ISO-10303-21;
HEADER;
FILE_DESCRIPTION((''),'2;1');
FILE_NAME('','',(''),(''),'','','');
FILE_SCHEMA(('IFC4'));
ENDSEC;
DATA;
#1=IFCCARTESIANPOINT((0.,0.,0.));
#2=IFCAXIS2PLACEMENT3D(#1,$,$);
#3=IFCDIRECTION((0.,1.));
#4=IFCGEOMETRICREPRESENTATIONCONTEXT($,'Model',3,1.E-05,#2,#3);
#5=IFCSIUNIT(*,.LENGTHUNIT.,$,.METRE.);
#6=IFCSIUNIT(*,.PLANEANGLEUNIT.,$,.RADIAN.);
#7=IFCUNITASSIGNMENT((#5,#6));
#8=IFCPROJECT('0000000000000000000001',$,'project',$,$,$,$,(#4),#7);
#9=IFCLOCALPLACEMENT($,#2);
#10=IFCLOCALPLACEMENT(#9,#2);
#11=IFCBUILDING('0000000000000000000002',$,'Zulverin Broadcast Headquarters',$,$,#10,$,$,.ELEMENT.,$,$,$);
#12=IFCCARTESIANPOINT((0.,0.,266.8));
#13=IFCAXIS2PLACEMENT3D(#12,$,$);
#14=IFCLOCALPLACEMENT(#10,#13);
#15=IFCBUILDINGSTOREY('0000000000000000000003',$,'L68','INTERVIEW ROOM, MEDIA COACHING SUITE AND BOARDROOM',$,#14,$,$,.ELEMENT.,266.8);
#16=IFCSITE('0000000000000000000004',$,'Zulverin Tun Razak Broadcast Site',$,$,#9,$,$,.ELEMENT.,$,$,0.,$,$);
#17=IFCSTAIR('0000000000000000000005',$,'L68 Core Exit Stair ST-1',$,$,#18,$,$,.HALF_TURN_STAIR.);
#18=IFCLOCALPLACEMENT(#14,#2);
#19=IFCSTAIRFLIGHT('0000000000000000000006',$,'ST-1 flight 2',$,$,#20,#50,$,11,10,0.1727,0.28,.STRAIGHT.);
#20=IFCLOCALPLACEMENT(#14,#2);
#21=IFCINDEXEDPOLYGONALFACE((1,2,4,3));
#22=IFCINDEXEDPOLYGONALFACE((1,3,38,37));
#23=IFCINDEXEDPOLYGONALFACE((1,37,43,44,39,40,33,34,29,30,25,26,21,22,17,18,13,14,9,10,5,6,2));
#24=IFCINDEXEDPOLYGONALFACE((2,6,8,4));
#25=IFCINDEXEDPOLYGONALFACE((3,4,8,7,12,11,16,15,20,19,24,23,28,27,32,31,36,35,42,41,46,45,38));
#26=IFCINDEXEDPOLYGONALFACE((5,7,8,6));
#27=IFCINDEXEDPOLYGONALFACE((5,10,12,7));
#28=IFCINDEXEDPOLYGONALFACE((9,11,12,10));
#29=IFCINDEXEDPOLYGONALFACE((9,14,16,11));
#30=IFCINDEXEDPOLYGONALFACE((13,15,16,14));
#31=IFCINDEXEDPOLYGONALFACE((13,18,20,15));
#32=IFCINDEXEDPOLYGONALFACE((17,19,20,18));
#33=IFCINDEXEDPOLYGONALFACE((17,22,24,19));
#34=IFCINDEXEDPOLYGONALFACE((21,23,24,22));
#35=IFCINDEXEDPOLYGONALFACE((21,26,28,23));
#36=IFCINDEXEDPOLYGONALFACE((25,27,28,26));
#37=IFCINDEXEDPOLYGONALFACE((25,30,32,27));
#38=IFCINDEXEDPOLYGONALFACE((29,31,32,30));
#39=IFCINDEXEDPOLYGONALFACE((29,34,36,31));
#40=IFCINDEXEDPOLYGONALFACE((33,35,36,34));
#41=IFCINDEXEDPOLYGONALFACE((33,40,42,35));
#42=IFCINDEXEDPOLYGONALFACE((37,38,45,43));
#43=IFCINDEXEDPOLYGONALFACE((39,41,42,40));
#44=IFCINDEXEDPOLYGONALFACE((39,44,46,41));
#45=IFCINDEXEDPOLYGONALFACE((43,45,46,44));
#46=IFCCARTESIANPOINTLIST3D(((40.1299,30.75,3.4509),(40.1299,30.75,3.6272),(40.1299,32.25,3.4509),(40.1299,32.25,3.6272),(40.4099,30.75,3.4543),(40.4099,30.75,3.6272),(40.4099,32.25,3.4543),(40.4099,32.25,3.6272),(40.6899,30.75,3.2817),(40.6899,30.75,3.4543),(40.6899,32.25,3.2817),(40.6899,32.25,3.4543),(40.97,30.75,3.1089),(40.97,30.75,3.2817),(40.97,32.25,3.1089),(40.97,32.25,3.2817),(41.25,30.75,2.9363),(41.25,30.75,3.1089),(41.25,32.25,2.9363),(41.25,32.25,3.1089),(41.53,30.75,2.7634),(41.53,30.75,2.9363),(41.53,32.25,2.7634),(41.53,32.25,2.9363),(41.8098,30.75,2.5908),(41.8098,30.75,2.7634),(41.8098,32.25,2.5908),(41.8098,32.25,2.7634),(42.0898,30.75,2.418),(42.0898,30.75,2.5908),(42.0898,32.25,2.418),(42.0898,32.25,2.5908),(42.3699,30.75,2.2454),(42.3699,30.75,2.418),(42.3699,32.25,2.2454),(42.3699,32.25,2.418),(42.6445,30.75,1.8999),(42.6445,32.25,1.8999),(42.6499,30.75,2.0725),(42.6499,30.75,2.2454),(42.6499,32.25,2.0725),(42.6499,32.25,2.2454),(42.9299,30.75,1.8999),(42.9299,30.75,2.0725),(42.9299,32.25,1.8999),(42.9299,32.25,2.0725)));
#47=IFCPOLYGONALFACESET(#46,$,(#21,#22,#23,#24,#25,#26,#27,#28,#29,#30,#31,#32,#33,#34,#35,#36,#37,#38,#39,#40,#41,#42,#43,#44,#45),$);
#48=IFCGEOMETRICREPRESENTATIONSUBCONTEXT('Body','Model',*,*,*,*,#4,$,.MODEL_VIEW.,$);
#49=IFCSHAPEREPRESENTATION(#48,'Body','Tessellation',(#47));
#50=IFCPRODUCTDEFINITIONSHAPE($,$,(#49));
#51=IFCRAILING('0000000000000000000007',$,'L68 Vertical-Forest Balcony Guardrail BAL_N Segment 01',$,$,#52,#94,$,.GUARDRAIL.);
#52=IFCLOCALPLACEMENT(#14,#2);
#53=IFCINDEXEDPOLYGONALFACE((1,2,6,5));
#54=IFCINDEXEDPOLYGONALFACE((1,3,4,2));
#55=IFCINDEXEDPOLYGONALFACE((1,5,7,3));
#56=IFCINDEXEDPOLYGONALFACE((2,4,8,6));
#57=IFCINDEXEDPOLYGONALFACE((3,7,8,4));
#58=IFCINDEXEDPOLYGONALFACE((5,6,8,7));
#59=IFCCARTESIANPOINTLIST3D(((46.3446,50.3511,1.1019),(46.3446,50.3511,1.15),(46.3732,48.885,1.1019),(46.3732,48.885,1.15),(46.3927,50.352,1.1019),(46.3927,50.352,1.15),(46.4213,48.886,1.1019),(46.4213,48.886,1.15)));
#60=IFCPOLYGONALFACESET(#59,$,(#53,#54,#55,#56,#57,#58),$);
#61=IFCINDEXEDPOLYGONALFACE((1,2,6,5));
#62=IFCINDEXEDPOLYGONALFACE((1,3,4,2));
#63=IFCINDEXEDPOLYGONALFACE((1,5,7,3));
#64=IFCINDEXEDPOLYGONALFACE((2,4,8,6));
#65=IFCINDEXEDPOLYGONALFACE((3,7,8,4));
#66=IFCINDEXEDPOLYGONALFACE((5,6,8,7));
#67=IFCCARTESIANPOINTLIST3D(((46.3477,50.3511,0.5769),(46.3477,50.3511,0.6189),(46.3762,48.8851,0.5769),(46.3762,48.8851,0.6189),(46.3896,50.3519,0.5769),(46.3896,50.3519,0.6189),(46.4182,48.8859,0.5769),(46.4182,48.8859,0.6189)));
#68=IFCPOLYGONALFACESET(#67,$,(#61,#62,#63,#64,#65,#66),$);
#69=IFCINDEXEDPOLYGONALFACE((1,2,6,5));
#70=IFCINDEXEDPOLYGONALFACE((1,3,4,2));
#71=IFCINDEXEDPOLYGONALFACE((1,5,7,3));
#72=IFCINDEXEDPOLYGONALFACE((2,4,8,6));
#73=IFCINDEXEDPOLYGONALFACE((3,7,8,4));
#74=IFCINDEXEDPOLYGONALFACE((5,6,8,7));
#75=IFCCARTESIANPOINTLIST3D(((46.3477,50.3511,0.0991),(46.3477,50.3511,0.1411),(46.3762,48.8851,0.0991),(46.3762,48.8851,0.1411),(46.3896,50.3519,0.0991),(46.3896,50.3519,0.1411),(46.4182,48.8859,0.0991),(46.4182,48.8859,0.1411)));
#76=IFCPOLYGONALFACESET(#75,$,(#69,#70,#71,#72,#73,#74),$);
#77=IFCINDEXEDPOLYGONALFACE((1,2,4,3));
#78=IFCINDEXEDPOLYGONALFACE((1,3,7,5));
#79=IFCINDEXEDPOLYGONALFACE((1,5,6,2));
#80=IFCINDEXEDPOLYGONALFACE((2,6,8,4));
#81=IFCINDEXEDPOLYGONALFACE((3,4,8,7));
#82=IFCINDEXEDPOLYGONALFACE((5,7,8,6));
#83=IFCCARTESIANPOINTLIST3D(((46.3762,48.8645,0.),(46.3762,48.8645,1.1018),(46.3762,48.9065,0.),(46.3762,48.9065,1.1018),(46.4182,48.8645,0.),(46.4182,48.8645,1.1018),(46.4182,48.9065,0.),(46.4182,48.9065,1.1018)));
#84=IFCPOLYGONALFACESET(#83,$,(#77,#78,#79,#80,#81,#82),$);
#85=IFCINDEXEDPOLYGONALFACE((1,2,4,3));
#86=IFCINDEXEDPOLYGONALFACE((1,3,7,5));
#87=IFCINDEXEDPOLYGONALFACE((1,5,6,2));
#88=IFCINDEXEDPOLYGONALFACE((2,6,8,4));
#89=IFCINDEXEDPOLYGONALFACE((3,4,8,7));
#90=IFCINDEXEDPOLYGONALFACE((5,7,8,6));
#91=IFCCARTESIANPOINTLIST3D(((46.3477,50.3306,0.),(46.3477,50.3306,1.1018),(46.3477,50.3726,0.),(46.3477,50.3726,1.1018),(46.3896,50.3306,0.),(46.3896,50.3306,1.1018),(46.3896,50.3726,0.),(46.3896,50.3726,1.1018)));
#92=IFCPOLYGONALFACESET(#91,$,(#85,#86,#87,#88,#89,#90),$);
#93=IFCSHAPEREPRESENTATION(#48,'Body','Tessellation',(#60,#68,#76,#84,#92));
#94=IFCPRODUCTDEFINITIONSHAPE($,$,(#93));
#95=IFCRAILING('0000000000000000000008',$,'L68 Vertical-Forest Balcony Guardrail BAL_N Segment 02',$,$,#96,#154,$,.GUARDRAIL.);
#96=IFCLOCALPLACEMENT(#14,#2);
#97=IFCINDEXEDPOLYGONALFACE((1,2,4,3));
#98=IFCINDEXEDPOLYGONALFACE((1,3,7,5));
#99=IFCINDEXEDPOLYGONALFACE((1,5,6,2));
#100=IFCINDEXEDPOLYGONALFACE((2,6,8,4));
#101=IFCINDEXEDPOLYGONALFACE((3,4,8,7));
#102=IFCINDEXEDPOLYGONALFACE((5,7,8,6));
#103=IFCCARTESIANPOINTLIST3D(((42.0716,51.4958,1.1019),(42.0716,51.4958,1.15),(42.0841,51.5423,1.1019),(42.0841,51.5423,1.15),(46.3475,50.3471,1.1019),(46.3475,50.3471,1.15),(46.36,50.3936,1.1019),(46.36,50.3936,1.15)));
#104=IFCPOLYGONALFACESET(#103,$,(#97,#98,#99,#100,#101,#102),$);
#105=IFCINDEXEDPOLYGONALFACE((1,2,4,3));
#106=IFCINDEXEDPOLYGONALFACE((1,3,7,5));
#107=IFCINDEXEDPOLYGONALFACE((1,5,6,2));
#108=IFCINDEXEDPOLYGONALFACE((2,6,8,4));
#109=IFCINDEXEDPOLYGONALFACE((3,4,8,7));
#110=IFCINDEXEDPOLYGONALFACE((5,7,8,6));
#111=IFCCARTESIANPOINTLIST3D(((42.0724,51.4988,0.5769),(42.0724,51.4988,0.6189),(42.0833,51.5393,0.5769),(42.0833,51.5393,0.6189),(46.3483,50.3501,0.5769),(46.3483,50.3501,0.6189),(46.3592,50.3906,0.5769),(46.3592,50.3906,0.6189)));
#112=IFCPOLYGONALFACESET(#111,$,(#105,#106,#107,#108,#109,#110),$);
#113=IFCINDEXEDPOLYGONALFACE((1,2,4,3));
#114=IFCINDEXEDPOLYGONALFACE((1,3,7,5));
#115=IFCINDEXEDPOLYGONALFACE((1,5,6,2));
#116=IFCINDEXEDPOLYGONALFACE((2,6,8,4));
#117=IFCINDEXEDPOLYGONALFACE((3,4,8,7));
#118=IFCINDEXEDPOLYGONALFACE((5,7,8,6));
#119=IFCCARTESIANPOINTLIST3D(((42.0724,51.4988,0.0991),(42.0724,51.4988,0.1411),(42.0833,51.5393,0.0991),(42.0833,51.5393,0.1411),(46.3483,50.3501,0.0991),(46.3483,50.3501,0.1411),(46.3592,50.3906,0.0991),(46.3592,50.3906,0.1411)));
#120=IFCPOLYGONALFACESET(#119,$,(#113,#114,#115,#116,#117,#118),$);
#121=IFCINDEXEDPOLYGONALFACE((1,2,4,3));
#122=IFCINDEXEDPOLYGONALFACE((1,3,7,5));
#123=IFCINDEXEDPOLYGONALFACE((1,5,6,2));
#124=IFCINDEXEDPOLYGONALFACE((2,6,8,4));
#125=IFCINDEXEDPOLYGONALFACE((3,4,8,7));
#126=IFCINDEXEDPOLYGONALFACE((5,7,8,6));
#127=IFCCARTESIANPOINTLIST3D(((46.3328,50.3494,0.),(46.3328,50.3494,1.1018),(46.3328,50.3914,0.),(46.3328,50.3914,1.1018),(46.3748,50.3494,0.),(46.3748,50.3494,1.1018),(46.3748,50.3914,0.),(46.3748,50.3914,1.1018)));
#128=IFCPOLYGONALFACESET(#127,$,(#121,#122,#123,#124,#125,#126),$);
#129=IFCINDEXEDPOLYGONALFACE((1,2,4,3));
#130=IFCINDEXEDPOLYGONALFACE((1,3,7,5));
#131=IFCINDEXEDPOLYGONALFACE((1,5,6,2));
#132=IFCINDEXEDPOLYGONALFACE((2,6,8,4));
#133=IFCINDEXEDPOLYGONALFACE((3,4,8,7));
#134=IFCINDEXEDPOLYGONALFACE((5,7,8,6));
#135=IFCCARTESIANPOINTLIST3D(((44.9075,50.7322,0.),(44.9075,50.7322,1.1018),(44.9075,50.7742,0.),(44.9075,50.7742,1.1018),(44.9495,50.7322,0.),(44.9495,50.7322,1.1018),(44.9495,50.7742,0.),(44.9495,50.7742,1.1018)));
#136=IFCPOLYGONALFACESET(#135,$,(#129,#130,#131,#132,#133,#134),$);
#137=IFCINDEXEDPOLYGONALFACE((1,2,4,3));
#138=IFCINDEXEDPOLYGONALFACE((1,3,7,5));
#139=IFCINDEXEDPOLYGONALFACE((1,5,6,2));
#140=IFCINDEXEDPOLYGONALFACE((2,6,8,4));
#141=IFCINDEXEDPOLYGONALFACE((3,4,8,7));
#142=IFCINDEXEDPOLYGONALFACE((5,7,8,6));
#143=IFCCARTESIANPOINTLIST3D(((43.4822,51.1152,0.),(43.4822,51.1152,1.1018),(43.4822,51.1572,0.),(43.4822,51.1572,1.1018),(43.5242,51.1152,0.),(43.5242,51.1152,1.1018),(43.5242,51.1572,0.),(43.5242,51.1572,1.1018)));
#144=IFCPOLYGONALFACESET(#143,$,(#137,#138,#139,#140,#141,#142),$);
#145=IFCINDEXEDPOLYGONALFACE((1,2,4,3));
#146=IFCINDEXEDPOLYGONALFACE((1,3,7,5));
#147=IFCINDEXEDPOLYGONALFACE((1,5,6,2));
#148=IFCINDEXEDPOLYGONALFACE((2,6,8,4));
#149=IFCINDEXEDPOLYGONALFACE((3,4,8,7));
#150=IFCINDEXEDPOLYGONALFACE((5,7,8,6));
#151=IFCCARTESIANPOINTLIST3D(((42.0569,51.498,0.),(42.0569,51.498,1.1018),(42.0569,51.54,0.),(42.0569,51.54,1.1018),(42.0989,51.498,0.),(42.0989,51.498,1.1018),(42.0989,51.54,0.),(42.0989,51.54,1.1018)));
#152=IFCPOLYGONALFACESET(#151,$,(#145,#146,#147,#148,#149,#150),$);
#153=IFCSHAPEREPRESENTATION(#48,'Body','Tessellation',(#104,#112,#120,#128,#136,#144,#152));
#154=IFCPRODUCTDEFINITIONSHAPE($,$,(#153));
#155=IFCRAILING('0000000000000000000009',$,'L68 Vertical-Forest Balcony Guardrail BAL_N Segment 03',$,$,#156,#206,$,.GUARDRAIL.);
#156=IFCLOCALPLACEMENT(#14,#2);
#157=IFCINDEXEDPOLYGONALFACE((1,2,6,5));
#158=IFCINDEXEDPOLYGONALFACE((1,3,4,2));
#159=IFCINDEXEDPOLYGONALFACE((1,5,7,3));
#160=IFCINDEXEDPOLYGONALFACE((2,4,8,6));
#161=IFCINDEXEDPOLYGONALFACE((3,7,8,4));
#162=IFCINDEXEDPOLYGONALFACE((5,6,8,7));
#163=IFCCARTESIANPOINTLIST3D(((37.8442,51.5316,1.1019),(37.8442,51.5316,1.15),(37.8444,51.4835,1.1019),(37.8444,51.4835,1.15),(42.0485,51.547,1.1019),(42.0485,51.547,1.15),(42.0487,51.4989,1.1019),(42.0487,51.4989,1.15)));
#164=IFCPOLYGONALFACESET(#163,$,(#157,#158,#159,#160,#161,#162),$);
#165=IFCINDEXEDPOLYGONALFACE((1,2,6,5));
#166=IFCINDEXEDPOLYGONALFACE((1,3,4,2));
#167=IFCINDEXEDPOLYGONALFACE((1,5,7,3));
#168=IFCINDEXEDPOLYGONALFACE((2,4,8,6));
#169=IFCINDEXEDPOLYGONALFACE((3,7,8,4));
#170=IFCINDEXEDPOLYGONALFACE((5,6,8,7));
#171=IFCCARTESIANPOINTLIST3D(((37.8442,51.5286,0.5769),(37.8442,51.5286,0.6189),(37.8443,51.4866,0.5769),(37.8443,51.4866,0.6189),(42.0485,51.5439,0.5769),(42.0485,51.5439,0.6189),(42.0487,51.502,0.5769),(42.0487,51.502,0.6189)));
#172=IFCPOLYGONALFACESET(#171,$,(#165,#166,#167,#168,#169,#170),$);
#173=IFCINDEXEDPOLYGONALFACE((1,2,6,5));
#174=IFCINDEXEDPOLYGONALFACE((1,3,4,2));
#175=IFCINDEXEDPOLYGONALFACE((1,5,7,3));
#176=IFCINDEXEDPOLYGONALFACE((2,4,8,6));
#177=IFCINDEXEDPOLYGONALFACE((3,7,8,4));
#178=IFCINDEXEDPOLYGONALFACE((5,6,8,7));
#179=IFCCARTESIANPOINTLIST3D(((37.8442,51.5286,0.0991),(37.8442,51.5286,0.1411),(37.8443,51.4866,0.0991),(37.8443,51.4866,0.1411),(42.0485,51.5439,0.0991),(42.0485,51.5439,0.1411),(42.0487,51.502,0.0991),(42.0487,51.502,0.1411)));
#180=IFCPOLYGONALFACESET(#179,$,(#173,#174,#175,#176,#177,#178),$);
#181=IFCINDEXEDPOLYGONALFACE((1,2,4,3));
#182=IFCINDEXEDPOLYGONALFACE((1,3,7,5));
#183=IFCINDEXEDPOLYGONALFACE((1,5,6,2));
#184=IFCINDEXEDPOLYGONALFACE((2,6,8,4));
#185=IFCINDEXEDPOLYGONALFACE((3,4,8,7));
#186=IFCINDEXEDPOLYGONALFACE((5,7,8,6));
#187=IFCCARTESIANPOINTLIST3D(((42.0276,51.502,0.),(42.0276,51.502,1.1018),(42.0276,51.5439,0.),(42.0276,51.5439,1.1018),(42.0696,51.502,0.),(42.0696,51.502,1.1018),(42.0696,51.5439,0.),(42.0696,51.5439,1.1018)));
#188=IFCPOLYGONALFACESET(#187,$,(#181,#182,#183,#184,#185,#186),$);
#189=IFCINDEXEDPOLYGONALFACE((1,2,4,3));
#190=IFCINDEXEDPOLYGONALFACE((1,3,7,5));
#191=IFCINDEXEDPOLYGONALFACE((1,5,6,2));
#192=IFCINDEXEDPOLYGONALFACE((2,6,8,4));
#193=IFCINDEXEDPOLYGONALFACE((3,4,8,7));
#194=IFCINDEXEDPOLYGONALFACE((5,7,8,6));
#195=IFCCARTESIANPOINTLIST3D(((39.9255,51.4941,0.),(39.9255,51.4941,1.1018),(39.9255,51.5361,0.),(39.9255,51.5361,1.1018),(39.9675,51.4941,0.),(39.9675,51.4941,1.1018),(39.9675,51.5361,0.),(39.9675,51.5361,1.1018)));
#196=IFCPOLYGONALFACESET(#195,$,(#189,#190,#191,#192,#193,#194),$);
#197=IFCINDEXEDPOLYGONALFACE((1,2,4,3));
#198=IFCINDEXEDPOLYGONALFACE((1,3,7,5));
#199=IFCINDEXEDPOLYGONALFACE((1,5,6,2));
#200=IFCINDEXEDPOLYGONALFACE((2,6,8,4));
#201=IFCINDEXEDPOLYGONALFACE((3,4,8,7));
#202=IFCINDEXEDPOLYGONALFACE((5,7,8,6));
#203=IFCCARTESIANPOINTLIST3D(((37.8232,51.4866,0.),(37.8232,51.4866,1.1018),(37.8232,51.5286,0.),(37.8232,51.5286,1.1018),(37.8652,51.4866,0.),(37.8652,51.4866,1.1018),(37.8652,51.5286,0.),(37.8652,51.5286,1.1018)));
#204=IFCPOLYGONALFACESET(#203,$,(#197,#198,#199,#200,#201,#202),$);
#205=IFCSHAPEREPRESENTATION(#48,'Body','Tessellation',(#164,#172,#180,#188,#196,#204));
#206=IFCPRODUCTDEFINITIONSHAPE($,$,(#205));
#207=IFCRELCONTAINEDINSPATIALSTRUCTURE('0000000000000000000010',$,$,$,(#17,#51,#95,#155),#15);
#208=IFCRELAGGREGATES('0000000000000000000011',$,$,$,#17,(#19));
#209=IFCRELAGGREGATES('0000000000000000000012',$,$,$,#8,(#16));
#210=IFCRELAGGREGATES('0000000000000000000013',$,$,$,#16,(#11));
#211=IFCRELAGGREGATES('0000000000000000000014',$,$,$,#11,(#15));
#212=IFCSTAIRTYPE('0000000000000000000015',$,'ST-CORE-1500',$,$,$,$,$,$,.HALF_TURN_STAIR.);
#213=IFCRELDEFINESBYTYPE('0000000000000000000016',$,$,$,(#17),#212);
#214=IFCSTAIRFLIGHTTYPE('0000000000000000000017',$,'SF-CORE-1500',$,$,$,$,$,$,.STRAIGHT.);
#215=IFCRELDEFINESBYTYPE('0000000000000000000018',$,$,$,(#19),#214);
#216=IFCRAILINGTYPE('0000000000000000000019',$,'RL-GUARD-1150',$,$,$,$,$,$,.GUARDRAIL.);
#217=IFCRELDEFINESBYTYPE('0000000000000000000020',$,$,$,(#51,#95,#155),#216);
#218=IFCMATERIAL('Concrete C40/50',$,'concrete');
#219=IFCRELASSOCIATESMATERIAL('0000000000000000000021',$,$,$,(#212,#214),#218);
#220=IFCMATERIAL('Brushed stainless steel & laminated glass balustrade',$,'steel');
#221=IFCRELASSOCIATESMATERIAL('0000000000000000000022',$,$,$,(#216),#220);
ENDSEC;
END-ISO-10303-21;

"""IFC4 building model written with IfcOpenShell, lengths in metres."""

from ifc_helpers import new_model, si_unit, direction, frame, origin, origin_2d, place, context, subcontext, project, spatial, polyline, rectangle, outline, extrude, material, type_object, element, aggregate, save


model = new_model("IFC4")

# Units and contexts
model_context = context("Model", 3, precision=1e-05, world=origin(), true_north=direction((0.0, 1.0)))
body_context = subcontext(model_context, "Body", "Model", "MODEL_VIEW")
ifc_project = project(units=[si_unit("LENGTHUNIT", "METRE"), si_unit("PLANEANGLEUNIT", "RADIAN")], contexts=[model_context])

# Site, building, storey
site_placement = place(None, origin())
site = spatial("IfcSite", under=ifc_project, at=site_placement, Name="Zulverin Tun Razak Broadcast Site", CompositionType="ELEMENT", RefElevation=0.0)
building_placement = place(site_placement, origin())
building = spatial("IfcBuilding", under=site, at=building_placement, Name="Zulverin Broadcast Headquarters", CompositionType="ELEMENT")
storey_placement = place(building_placement, frame((0.0, 0.0, 266.8)))
storey = spatial("IfcBuildingStorey", under=building, at=storey_placement, Name="L68", Description="INTERVIEW ROOM, MEDIA COACHING SUITE AND BOARDROOM", CompositionType="ELEMENT", Elevation=266.8)

# Shared definitions
ifc_material_1 = material(Name="Concrete C40/50", Category="concrete")

# Stair, stair flight
stair_type = type_object("IfcStairType", Name="ST-CORE-1500", PredefinedType="HALF_TURN_STAIR", material=ifc_material_1)
stair_placement = place(storey_placement, origin())
stair = element("IfcStair", 1, at=stair_placement, inside=storey, type_object=stair_type, Name="L68 Core Exit Stair ST-1", PredefinedType="HALF_TURN_STAIR")
stair_flight_type = type_object("IfcStairFlightType", Name="SF-CORE-1500", PredefinedType="STRAIGHT", material=ifc_material_1)
stair_flight_1_placement = place(storey_placement, frame((42.9299, 31.5, 1.8999), z_axis=(0.0, 0.0, 1.0), x_axis=(-1.0, 0.0, 0.0)))
stair_flight_1 = element("IfcStairFlight", 2, at=stair_flight_1_placement, type_object=stair_flight_type, Name="ST-1 flight 2", NumberOfRisers=11, NumberOfTreads=10, PredefinedType="STRAIGHT", RiserHeight=0.1727, TreadLength=0.28, context=body_context, shape_type="SweptSolid", body=[
    extrude(outline(polyline([(0.0, 0.0), (0.0, 0.1726), (0.28, 0.1726), (0.28, 0.3455), (0.5601, 0.3455), (0.5601, 0.5181), (0.8401, 0.5181), (0.8401, 0.6909), (1.1201, 0.6909), (1.1201, 0.8635), (1.3999, 0.8635), (1.3999, 1.0364), (1.6799, 1.0364), (1.6799, 1.209), (1.96, 1.209), (1.96, 1.3818), (2.24, 1.3818), (2.24, 1.5544), (2.52, 1.5544), (2.52, 1.7273), (2.8, 1.7273), (2.8, 1.8999), (2.8, 1.551), (0.2854, 0.0), (0.0, 0.0)])), frame((0.0, 0.75, 0.0), z_axis=(0.0, -1.0, 0.0), x_axis=(1.0, 0.0, 0.0)), (0.0, 0.0, 1.0), 1.5),
])
aggregate(stair, [stair_flight_1])

# Railings
ifc_material_2 = material(Name="Brushed stainless steel & laminated glass balustrade", Category="steel")
railing_type_1 = type_object("IfcRailingType", Name="RL-GUARD-1150", PredefinedType="GUARDRAIL", material=ifc_material_2)
railing_1_placement = place(storey_placement, frame((46.3972, 48.8855, 0.0)))
element("IfcRailing", 3, at=railing_1_placement, inside=storey, type_object=railing_type_1, Name="L68 Vertical-Forest Balcony Guardrail BAL_N Segment 01", PredefinedType="GUARDRAIL", context=body_context, shape_type="SweptSolid", body=[
    extrude(rectangle(XDim=0.0481, YDim=0.0481, at=origin_2d()), frame((0.0, 0.0, 1.126), z_axis=(-0.01948, 0.99981, 0.0), x_axis=(-0.99981, -0.01948, 0.0)), (0.0, 0.0, 1.0), 1.4663),
    extrude(rectangle(XDim=0.042, YDim=0.042, at=origin_2d()), frame((0.0, 0.0, 0.5979), z_axis=(-0.01948, 0.99981, 0.0), x_axis=(-0.99981, -0.01948, 0.0)), (0.0, 0.0, 1.0), 1.4663),
    extrude(rectangle(XDim=0.042, YDim=0.042, at=origin_2d()), frame((0.0, 0.0, 0.1201), z_axis=(-0.01948, 0.99981, 0.0), x_axis=(-0.99981, -0.01948, 0.0)), (0.0, 0.0, 1.0), 1.4663),
    extrude(rectangle(XDim=0.042, YDim=0.042, at=origin_2d()), origin(), (0.0, 0.0, 1.0), 1.1018),
    extrude(rectangle(XDim=0.042, YDim=0.042, at=origin_2d()), frame((-0.0286, 1.4661, 0.0)), (0.0, 0.0, 1.0), 1.1018),
])
railing_2_placement = place(storey_placement, frame((46.3538, 50.3704, 0.0)))
element("IfcRailing", 4, at=railing_2_placement, inside=storey, type_object=railing_type_1, Name="L68 Vertical-Forest Balcony Guardrail BAL_N Segment 02", PredefinedType="GUARDRAIL", context=body_context, shape_type="SweptSolid", body=[
    extrude(rectangle(XDim=0.0481, YDim=0.0481, at=origin_2d()), frame((0.0, 0.0, 1.126), z_axis=(-0.965758, 0.259443, 0.0), x_axis=(-0.259443, -0.965758, 0.0)), (0.0, 0.0, 1.0), 4.4275),
    extrude(rectangle(XDim=0.042, YDim=0.042, at=origin_2d()), frame((0.0, 0.0, 0.5979), z_axis=(-0.965758, 0.259443, 0.0), x_axis=(-0.259443, -0.965758, 0.0)), (0.0, 0.0, 1.0), 4.4275),
    extrude(rectangle(XDim=0.042, YDim=0.042, at=origin_2d()), frame((0.0, 0.0, 0.1201), z_axis=(-0.965758, 0.259443, 0.0), x_axis=(-0.259443, -0.965758, 0.0)), (0.0, 0.0, 1.0), 4.4275),
    extrude(rectangle(XDim=0.042, YDim=0.042, at=origin_2d()), origin(), (0.0, 0.0, 1.0), 1.1018),
    extrude(rectangle(XDim=0.042, YDim=0.042, at=origin_2d()), frame((-1.4253, 0.3828, 0.0)), (0.0, 0.0, 1.0), 1.1018),
    extrude(rectangle(XDim=0.042, YDim=0.042, at=origin_2d()), frame((-2.8506, 0.7659, 0.0)), (0.0, 0.0, 1.0), 1.1018),
    extrude(rectangle(XDim=0.042, YDim=0.042, at=origin_2d()), frame((-4.2759, 1.1487, 0.0)), (0.0, 0.0, 1.0), 1.1018),
])
railing_3_placement = place(storey_placement, frame((42.0486, 51.5229, 0.0)))
element("IfcRailing", 5, at=railing_3_placement, inside=storey, type_object=railing_type_1, Name="L68 Vertical-Forest Balcony Guardrail BAL_N Segment 03", PredefinedType="GUARDRAIL", context=body_context, shape_type="SweptSolid", body=[
    extrude(rectangle(XDim=0.0481, YDim=0.0481, at=origin_2d()), frame((0.0, 0.0, 1.126), z_axis=(-0.999993, -0.003658, 0.0), x_axis=(0.003658, -0.999993, 0.0)), (0.0, 0.0, 1.0), 4.2043),
    extrude(rectangle(XDim=0.042, YDim=0.042, at=origin_2d()), frame((0.0, 0.0, 0.5979), z_axis=(-0.999993, -0.003658, 0.0), x_axis=(0.003658, -0.999993, 0.0)), (0.0, 0.0, 1.0), 4.2043),
    extrude(rectangle(XDim=0.042, YDim=0.042, at=origin_2d()), frame((0.0, 0.0, 0.1201), z_axis=(-0.999993, -0.003658, 0.0), x_axis=(0.003658, -0.999993, 0.0)), (0.0, 0.0, 1.0), 4.2043),
    extrude(rectangle(XDim=0.042, YDim=0.042, at=origin_2d()), origin(), (0.0, 0.0, 1.0), 1.1018),
    extrude(rectangle(XDim=0.042, YDim=0.042, at=origin_2d()), frame((-2.1021, -0.0078, 0.0)), (0.0, 0.0, 1.0), 1.1018),
    extrude(rectangle(XDim=0.042, YDim=0.042, at=origin_2d()), frame((-4.2043, -0.0154, 0.0)), (0.0, 0.0, 1.0), 1.1018),
])

save(model, "model.ifc")
